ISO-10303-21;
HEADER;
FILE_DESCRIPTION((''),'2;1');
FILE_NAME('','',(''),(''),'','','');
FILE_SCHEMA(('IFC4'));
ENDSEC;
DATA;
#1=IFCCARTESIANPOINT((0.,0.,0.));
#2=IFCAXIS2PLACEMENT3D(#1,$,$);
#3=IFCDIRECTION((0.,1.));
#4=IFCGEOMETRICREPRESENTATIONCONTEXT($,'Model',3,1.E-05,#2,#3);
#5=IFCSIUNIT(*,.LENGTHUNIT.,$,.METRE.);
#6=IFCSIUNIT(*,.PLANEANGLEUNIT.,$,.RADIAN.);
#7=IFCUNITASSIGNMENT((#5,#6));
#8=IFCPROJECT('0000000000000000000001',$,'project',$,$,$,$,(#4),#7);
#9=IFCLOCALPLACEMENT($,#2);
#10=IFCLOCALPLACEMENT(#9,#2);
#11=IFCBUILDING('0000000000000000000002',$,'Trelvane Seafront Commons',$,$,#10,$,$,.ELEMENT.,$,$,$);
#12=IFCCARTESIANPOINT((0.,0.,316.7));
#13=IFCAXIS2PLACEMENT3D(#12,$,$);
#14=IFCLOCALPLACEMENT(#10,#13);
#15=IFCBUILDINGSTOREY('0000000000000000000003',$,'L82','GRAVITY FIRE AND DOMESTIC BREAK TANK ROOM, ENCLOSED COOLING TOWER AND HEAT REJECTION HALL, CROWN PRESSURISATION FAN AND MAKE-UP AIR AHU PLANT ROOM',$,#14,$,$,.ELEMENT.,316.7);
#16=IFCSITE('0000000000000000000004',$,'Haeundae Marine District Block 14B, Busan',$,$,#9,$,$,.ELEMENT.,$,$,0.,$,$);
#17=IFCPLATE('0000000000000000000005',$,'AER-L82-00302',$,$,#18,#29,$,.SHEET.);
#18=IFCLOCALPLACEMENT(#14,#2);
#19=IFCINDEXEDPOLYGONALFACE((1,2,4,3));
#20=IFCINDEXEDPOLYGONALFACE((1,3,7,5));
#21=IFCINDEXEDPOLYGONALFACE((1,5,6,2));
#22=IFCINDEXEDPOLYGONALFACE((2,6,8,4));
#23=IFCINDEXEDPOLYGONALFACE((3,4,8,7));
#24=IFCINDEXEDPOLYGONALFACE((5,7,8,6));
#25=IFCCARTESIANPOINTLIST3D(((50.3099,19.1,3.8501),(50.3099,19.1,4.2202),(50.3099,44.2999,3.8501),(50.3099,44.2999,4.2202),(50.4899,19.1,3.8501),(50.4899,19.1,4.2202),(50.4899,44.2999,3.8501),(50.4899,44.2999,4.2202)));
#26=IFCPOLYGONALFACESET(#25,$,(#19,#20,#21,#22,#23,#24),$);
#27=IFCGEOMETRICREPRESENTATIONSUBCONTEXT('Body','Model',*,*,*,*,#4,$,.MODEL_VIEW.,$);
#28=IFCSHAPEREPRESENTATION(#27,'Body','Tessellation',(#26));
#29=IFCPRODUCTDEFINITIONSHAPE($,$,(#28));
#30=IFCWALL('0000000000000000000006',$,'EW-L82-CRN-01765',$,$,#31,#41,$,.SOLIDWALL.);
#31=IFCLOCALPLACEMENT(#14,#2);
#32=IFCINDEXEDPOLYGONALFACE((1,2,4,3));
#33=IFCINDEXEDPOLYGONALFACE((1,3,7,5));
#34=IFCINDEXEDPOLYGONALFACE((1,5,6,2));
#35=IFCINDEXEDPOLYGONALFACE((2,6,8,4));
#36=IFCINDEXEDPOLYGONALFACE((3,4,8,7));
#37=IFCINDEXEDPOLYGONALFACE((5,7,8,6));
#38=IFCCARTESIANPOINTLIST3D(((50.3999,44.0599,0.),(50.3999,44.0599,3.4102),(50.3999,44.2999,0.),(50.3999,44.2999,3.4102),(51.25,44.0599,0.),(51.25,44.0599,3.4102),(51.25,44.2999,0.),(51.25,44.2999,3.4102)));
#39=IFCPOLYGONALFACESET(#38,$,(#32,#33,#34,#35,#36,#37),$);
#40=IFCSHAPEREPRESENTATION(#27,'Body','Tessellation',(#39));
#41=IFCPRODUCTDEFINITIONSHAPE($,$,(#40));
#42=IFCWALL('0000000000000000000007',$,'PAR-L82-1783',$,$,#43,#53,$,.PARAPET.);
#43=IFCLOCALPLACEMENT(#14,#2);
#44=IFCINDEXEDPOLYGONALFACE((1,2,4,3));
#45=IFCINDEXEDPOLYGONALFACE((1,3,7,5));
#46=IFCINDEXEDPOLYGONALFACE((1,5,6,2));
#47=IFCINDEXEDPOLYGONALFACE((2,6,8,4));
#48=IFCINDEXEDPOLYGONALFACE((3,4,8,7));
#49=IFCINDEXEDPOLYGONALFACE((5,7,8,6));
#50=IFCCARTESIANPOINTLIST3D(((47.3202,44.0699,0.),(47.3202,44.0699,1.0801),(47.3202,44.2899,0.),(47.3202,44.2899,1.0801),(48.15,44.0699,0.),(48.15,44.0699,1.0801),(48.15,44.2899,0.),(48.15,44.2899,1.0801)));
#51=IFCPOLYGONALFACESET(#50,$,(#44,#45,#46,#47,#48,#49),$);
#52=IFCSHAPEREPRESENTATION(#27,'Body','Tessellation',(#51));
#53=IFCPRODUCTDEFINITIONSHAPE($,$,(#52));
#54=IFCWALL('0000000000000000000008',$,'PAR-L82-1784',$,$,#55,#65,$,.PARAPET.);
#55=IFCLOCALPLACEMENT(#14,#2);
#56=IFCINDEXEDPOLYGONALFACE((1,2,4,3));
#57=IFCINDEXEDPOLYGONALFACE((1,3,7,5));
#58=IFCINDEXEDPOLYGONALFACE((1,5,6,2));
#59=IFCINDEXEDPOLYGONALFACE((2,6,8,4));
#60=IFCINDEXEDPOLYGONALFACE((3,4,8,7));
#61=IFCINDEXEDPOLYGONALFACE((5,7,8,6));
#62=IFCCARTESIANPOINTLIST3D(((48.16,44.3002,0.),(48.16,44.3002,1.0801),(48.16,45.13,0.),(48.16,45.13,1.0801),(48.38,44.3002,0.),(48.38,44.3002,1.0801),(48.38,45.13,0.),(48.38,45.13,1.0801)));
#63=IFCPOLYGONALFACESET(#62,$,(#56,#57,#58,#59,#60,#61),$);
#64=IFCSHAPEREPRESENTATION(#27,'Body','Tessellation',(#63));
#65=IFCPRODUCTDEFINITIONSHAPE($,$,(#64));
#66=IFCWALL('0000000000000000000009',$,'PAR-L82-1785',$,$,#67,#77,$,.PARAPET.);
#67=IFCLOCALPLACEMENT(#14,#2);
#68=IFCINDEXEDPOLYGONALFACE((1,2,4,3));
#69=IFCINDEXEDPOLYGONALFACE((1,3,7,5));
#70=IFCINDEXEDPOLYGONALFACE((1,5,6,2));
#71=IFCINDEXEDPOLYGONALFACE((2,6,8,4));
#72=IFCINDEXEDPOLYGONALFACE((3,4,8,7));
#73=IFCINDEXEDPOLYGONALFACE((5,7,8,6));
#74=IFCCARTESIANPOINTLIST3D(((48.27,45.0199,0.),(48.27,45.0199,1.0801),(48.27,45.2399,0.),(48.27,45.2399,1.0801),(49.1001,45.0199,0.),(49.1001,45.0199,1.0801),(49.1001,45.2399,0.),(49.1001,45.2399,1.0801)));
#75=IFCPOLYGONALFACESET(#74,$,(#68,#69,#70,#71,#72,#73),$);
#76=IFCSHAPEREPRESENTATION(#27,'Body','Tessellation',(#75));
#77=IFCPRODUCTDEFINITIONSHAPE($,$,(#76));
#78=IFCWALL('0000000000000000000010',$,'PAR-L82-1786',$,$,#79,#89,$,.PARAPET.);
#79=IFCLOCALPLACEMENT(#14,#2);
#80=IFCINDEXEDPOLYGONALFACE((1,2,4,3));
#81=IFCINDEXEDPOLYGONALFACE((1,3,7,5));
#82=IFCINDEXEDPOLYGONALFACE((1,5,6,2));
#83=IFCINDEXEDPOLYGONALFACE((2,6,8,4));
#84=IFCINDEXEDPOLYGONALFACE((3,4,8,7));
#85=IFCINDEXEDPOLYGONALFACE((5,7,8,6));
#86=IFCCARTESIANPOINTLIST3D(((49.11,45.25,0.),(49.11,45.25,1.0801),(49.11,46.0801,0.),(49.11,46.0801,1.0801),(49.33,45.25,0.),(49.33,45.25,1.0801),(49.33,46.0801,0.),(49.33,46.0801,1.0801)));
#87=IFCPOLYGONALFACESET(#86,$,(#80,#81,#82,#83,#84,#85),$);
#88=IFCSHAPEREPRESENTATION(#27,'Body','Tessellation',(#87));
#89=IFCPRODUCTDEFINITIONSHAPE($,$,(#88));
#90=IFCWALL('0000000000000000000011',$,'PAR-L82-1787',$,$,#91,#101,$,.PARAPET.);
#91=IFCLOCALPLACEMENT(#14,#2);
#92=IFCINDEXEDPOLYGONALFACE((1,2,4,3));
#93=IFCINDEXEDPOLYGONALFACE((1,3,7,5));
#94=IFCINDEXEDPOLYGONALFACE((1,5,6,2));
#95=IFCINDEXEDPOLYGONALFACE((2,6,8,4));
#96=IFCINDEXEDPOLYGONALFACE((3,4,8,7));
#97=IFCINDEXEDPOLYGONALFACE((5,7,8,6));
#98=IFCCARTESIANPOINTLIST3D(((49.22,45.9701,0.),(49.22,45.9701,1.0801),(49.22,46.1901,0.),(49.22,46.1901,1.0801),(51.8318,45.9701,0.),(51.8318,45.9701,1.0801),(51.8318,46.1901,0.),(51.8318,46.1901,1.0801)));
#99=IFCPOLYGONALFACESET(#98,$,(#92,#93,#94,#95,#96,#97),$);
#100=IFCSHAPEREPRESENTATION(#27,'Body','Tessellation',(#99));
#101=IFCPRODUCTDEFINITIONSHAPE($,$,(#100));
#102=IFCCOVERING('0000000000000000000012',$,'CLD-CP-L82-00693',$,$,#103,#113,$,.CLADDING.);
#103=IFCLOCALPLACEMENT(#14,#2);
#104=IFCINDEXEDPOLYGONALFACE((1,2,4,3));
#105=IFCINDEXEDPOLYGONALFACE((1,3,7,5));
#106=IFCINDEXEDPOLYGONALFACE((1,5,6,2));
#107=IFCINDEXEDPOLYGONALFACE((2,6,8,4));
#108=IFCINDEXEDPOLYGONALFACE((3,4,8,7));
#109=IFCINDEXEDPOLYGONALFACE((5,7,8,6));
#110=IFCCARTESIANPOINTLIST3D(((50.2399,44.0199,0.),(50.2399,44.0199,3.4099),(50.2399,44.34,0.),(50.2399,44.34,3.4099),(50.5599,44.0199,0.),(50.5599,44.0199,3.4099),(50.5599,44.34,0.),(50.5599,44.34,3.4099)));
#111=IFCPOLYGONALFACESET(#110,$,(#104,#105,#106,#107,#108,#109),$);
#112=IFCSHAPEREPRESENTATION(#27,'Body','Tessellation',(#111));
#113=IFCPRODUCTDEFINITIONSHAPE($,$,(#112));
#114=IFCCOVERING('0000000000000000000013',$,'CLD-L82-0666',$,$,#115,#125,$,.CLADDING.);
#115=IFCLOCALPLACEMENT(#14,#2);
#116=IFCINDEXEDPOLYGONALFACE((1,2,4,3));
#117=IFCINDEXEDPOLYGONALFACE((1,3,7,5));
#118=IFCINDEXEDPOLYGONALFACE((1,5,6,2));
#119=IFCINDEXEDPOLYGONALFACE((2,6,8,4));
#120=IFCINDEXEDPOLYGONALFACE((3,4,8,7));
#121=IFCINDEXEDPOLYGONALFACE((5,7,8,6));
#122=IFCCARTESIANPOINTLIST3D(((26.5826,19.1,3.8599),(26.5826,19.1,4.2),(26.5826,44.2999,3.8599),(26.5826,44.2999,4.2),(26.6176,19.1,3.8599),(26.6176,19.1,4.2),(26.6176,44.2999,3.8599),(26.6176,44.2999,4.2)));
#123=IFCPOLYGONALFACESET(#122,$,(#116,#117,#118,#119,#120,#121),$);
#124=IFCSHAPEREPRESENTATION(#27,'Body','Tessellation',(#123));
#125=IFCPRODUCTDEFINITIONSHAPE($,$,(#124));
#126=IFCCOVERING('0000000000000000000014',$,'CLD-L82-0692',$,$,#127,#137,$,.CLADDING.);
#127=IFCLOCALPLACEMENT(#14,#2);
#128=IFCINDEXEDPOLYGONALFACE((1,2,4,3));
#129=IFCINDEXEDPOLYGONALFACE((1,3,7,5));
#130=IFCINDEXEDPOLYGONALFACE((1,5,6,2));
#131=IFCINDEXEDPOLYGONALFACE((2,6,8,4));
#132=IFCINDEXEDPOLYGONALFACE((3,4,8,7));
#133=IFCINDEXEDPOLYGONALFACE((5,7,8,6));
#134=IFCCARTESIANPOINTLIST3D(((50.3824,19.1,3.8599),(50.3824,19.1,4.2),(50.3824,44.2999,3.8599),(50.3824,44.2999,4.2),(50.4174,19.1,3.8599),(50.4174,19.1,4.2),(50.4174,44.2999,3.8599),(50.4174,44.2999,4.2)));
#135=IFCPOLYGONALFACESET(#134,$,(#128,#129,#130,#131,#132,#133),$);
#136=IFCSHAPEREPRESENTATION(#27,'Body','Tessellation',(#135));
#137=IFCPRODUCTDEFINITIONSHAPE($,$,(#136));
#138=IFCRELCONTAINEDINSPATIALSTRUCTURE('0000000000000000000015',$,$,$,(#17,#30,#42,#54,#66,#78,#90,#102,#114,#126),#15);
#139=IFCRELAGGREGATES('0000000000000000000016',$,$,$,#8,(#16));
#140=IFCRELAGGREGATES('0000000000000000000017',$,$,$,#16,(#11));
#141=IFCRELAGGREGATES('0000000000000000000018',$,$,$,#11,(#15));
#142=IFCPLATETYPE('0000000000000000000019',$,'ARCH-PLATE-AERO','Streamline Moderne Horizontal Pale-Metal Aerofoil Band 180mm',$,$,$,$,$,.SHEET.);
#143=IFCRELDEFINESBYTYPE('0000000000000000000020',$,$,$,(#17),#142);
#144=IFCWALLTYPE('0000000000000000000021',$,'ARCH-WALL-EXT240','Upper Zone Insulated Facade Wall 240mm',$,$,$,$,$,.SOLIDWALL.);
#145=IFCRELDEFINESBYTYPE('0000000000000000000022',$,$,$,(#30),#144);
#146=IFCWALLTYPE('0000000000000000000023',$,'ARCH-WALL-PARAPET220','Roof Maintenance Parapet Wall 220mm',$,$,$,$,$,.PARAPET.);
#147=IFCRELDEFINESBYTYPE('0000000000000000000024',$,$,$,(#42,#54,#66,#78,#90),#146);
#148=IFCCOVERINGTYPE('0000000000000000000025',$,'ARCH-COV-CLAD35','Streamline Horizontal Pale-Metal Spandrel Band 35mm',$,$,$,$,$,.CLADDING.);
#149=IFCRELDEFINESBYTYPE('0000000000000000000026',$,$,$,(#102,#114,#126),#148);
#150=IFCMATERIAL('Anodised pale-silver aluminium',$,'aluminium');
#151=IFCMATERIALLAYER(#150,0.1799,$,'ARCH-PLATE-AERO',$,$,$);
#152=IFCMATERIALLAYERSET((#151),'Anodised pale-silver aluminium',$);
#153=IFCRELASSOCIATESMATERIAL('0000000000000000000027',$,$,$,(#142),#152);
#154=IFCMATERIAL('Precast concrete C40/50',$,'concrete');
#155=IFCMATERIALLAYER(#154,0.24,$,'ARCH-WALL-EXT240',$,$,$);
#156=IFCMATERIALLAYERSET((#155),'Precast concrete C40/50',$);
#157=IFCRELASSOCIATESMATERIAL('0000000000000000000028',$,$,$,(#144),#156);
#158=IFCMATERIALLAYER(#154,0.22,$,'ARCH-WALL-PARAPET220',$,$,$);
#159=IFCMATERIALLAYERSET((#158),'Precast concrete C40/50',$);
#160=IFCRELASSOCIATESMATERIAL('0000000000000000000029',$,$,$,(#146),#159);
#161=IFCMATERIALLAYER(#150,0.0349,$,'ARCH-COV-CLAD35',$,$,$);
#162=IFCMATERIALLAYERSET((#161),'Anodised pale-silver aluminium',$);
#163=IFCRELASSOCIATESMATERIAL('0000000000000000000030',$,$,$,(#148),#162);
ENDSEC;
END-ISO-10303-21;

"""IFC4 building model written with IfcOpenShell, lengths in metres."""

from ifc_helpers import new_model, si_unit, direction, frame, frame_2d, origin, origin_2d, place, context, subcontext, project, spatial, rectangle, extrude, source, transform, mapped, material, layer, layer_set, type_object, element, save


model = new_model("IFC4")

# Units and contexts
model_context = context("Model", 3, precision=1e-05, world=origin(), true_north=direction((0.0, 1.0)))
body_context = subcontext(model_context, "Body", "Model", "MODEL_VIEW")
ifc_project = project(units=[si_unit("LENGTHUNIT", "METRE"), si_unit("PLANEANGLEUNIT", "RADIAN")], contexts=[model_context])

# Site, building, storey
site_placement = place(None, origin())
site = spatial("IfcSite", under=ifc_project, at=site_placement, Name="Haeundae Marine District Block 14B, Busan", CompositionType="ELEMENT", RefElevation=0.0)
building_placement = place(site_placement, origin())
building = spatial("IfcBuilding", under=site, at=building_placement, Name="Trelvane Seafront Commons", CompositionType="ELEMENT")
storey_placement = place(building_placement, frame((0.0, 0.0, 316.7)))
storey = spatial("IfcBuildingStorey", under=building, at=storey_placement, Name="L82", Description="GRAVITY FIRE AND DOMESTIC BREAK TANK ROOM, ENCLOSED COOLING TOWER AND HEAT REJECTION HALL, CROWN PRESSURISATION FAN AND MAKE-UP AIR AHU PLANT ROOM", CompositionType="ELEMENT", Elevation=316.7)

# Shared definitions
ifc_material_1 = material(Name="Anodised pale-silver aluminium", Category="aluminium")

# Plate
ifc_layer_1 = layer(ifc_material_1, 0.1799, Name="ARCH-PLATE-AERO")
ifc_layer_set_1 = layer_set([ifc_layer_1], Name="Anodised pale-silver aluminium")
plate_type_1 = type_object("IfcPlateType", Name="ARCH-PLATE-AERO", Description="Streamline Moderne Horizontal Pale-Metal Aerofoil Band 180mm", PredefinedType="SHEET", material=ifc_layer_set_1)
shared_shape_1 = source(origin(), body_context, "Body", "SweptSolid", [
    extrude(rectangle(XDim=25.2, YDim=0.1799, at=origin_2d()), origin(), (0.0, 0.0, 1.0), 0.3701),
])
for number, where, z_axis, x_axis, name in (
    (1, (50.3999, 31.7, 3.8501), (0.0, 0.0, 1.0), (0.0, 1.0, 0.0), "AER-L82-00302"),
):
    element("IfcPlate", number, at=place(storey_placement, frame(where, z_axis=z_axis, x_axis=x_axis)), inside=storey, type_object=plate_type_1, Name=name, PredefinedType="SHEET", context=body_context, shape_type="MappedRepresentation", body=[
        mapped(shared_shape_1, transform((0.0, 0.0, 0.0), x_axis=(1.0, 0.0, 0.0), y_axis=(0.0, 1.0, 0.0), z_axis=(0.0, 0.0, 1.0), scale=1.0)),
    ])

# Walls
ifc_material_2 = material(Name="Precast concrete C40/50", Category="concrete")
ifc_layer_2 = layer(ifc_material_2, 0.24, Name="ARCH-WALL-EXT240")
ifc_layer_set_2 = layer_set([ifc_layer_2], Name="Precast concrete C40/50")
wall_type_1 = type_object("IfcWallType", Name="ARCH-WALL-EXT240", Description="Upper Zone Insulated Facade Wall 240mm", PredefinedType="SOLIDWALL", material=ifc_layer_set_2)
wall_1_placement = place(storey_placement, frame((50.3999, 44.1799, 0.0), z_axis=(0.0, 0.0, 1.0), x_axis=(1.0, 0.0, 0.0)))
element("IfcWall", 2, at=wall_1_placement, inside=storey, type_object=wall_type_1, Name="EW-L82-CRN-01765", PredefinedType="SOLIDWALL", context=body_context, shape_type="SweptSolid", body=[
    extrude(rectangle(XDim=0.8501, YDim=0.24, at=frame_2d((0.425, 0.0))), origin(), (0.0, 0.0, 1.0), 3.4102),
])
ifc_layer_3 = layer(ifc_material_2, 0.22, Name="ARCH-WALL-PARAPET220")
ifc_layer_set_3 = layer_set([ifc_layer_3], Name="Precast concrete C40/50")
wall_type_2 = type_object("IfcWallType", Name="ARCH-WALL-PARAPET220", Description="Roof Maintenance Parapet Wall 220mm", PredefinedType="PARAPET", material=ifc_layer_set_3)
for number, where, z_axis, x_axis, name in (
    (3, (47.3201, 44.1799, 0.0), (0.0, 0.0, 1.0), (1.0, 0.0, 0.0), "PAR-L82-1783"),
    (4, (48.27, 44.3, 0.0), (0.0, 0.0, 1.0), (0.0, 1.0, 0.0), "PAR-L82-1784"),
):
    element("IfcWall", number, at=place(storey_placement, frame(where, z_axis=z_axis, x_axis=x_axis)), inside=storey, type_object=wall_type_2, Name=name, PredefinedType="PARAPET", context=body_context, shape_type="SweptSolid", body=[
        extrude(rectangle(XDim=0.8298, YDim=0.22, at=frame_2d((0.415, 0.0))), origin(), (0.0, 0.0, 1.0), 1.0801),
    ])
for number, where, z_axis, x_axis, name in (
    (5, (48.27, 45.1299, 0.0), (0.0, 0.0, 1.0), (1.0, 0.0, 0.0), "PAR-L82-1785"),
    (6, (49.22, 45.25, 0.0), (0.0, 0.0, 1.0), (0.0, 1.0, 0.0), "PAR-L82-1786"),
):
    element("IfcWall", number, at=place(storey_placement, frame(where, z_axis=z_axis, x_axis=x_axis)), inside=storey, type_object=wall_type_2, Name=name, PredefinedType="PARAPET", context=body_context, shape_type="SweptSolid", body=[
        extrude(rectangle(XDim=0.8301, YDim=0.22, at=frame_2d((0.415, 0.0))), origin(), (0.0, 0.0, 1.0), 1.0801),
    ])
wall_2_placement = place(storey_placement, frame((49.22, 46.0801, 0.0), z_axis=(0.0, 0.0, 1.0), x_axis=(1.0, 0.0, 0.0)))
element("IfcWall", 7, at=wall_2_placement, inside=storey, type_object=wall_type_2, Name="PAR-L82-1787", PredefinedType="PARAPET", context=body_context, shape_type="SweptSolid", body=[
    extrude(rectangle(XDim=2.6118, YDim=0.22, at=frame_2d((1.3059, 0.0))), origin(), (0.0, 0.0, 1.0), 1.0801),
])

# Coverings
ifc_layer_4 = layer(ifc_material_1, 0.0349, Name="ARCH-COV-CLAD35")
ifc_layer_set_4 = layer_set([ifc_layer_4], Name="Anodised pale-silver aluminium")
covering_type = type_object("IfcCoveringType", Name="ARCH-COV-CLAD35", Description="Streamline Horizontal Pale-Metal Spandrel Band 35mm", PredefinedType="CLADDING", material=ifc_layer_set_4)
shared_shape_2 = source(origin(), body_context, "Body", "SweptSolid", [
    extrude(rectangle(XDim=0.3201, YDim=0.3201, at=origin_2d()), origin(), (0.0, 0.0, 1.0), 3.4099),
])
covering_placement = place(storey_placement, frame((50.3999, 44.1799, 0.0), z_axis=(0.0, 0.0, 1.0), x_axis=(1.0, 0.0, 0.0)))
element("IfcCovering", 8, at=covering_placement, inside=storey, type_object=covering_type, Name="CLD-CP-L82-00693", PredefinedType="CLADDING", context=body_context, shape_type="MappedRepresentation", body=[
    mapped(shared_shape_2, transform((0.0, 0.0, 0.0), x_axis=(1.0, 0.0, 0.0), y_axis=(0.0, 1.0, 0.0), z_axis=(0.0, 0.0, 1.0), scale=1.0)),
])
shared_shape_3 = source(origin(), body_context, "Body", "SweptSolid", [
    extrude(rectangle(XDim=25.2, YDim=0.0349, at=origin_2d()), origin(), (0.0, 0.0, 1.0), 0.3401),
])
for number, where, z_axis, x_axis, name in (
    (9, (26.6001, 31.7, 3.8599), (0.0, 0.0, 1.0), (0.0, -1.0, 0.0), "CLD-L82-0666"),
    (10, (50.3999, 31.7, 3.8599), (0.0, 0.0, 1.0), (0.0, 1.0, 0.0), "CLD-L82-0692"),
):
    element("IfcCovering", number, at=place(storey_placement, frame(where, z_axis=z_axis, x_axis=x_axis)), inside=storey, type_object=covering_type, Name=name, PredefinedType="CLADDING", context=body_context, shape_type="MappedRepresentation", body=[
        mapped(shared_shape_3, transform((0.0, 0.0, 0.0), x_axis=(1.0, 0.0, 0.0), y_axis=(0.0, 1.0, 0.0), z_axis=(0.0, 0.0, 1.0), scale=1.0)),
    ])

save(model, "model.ifc")
